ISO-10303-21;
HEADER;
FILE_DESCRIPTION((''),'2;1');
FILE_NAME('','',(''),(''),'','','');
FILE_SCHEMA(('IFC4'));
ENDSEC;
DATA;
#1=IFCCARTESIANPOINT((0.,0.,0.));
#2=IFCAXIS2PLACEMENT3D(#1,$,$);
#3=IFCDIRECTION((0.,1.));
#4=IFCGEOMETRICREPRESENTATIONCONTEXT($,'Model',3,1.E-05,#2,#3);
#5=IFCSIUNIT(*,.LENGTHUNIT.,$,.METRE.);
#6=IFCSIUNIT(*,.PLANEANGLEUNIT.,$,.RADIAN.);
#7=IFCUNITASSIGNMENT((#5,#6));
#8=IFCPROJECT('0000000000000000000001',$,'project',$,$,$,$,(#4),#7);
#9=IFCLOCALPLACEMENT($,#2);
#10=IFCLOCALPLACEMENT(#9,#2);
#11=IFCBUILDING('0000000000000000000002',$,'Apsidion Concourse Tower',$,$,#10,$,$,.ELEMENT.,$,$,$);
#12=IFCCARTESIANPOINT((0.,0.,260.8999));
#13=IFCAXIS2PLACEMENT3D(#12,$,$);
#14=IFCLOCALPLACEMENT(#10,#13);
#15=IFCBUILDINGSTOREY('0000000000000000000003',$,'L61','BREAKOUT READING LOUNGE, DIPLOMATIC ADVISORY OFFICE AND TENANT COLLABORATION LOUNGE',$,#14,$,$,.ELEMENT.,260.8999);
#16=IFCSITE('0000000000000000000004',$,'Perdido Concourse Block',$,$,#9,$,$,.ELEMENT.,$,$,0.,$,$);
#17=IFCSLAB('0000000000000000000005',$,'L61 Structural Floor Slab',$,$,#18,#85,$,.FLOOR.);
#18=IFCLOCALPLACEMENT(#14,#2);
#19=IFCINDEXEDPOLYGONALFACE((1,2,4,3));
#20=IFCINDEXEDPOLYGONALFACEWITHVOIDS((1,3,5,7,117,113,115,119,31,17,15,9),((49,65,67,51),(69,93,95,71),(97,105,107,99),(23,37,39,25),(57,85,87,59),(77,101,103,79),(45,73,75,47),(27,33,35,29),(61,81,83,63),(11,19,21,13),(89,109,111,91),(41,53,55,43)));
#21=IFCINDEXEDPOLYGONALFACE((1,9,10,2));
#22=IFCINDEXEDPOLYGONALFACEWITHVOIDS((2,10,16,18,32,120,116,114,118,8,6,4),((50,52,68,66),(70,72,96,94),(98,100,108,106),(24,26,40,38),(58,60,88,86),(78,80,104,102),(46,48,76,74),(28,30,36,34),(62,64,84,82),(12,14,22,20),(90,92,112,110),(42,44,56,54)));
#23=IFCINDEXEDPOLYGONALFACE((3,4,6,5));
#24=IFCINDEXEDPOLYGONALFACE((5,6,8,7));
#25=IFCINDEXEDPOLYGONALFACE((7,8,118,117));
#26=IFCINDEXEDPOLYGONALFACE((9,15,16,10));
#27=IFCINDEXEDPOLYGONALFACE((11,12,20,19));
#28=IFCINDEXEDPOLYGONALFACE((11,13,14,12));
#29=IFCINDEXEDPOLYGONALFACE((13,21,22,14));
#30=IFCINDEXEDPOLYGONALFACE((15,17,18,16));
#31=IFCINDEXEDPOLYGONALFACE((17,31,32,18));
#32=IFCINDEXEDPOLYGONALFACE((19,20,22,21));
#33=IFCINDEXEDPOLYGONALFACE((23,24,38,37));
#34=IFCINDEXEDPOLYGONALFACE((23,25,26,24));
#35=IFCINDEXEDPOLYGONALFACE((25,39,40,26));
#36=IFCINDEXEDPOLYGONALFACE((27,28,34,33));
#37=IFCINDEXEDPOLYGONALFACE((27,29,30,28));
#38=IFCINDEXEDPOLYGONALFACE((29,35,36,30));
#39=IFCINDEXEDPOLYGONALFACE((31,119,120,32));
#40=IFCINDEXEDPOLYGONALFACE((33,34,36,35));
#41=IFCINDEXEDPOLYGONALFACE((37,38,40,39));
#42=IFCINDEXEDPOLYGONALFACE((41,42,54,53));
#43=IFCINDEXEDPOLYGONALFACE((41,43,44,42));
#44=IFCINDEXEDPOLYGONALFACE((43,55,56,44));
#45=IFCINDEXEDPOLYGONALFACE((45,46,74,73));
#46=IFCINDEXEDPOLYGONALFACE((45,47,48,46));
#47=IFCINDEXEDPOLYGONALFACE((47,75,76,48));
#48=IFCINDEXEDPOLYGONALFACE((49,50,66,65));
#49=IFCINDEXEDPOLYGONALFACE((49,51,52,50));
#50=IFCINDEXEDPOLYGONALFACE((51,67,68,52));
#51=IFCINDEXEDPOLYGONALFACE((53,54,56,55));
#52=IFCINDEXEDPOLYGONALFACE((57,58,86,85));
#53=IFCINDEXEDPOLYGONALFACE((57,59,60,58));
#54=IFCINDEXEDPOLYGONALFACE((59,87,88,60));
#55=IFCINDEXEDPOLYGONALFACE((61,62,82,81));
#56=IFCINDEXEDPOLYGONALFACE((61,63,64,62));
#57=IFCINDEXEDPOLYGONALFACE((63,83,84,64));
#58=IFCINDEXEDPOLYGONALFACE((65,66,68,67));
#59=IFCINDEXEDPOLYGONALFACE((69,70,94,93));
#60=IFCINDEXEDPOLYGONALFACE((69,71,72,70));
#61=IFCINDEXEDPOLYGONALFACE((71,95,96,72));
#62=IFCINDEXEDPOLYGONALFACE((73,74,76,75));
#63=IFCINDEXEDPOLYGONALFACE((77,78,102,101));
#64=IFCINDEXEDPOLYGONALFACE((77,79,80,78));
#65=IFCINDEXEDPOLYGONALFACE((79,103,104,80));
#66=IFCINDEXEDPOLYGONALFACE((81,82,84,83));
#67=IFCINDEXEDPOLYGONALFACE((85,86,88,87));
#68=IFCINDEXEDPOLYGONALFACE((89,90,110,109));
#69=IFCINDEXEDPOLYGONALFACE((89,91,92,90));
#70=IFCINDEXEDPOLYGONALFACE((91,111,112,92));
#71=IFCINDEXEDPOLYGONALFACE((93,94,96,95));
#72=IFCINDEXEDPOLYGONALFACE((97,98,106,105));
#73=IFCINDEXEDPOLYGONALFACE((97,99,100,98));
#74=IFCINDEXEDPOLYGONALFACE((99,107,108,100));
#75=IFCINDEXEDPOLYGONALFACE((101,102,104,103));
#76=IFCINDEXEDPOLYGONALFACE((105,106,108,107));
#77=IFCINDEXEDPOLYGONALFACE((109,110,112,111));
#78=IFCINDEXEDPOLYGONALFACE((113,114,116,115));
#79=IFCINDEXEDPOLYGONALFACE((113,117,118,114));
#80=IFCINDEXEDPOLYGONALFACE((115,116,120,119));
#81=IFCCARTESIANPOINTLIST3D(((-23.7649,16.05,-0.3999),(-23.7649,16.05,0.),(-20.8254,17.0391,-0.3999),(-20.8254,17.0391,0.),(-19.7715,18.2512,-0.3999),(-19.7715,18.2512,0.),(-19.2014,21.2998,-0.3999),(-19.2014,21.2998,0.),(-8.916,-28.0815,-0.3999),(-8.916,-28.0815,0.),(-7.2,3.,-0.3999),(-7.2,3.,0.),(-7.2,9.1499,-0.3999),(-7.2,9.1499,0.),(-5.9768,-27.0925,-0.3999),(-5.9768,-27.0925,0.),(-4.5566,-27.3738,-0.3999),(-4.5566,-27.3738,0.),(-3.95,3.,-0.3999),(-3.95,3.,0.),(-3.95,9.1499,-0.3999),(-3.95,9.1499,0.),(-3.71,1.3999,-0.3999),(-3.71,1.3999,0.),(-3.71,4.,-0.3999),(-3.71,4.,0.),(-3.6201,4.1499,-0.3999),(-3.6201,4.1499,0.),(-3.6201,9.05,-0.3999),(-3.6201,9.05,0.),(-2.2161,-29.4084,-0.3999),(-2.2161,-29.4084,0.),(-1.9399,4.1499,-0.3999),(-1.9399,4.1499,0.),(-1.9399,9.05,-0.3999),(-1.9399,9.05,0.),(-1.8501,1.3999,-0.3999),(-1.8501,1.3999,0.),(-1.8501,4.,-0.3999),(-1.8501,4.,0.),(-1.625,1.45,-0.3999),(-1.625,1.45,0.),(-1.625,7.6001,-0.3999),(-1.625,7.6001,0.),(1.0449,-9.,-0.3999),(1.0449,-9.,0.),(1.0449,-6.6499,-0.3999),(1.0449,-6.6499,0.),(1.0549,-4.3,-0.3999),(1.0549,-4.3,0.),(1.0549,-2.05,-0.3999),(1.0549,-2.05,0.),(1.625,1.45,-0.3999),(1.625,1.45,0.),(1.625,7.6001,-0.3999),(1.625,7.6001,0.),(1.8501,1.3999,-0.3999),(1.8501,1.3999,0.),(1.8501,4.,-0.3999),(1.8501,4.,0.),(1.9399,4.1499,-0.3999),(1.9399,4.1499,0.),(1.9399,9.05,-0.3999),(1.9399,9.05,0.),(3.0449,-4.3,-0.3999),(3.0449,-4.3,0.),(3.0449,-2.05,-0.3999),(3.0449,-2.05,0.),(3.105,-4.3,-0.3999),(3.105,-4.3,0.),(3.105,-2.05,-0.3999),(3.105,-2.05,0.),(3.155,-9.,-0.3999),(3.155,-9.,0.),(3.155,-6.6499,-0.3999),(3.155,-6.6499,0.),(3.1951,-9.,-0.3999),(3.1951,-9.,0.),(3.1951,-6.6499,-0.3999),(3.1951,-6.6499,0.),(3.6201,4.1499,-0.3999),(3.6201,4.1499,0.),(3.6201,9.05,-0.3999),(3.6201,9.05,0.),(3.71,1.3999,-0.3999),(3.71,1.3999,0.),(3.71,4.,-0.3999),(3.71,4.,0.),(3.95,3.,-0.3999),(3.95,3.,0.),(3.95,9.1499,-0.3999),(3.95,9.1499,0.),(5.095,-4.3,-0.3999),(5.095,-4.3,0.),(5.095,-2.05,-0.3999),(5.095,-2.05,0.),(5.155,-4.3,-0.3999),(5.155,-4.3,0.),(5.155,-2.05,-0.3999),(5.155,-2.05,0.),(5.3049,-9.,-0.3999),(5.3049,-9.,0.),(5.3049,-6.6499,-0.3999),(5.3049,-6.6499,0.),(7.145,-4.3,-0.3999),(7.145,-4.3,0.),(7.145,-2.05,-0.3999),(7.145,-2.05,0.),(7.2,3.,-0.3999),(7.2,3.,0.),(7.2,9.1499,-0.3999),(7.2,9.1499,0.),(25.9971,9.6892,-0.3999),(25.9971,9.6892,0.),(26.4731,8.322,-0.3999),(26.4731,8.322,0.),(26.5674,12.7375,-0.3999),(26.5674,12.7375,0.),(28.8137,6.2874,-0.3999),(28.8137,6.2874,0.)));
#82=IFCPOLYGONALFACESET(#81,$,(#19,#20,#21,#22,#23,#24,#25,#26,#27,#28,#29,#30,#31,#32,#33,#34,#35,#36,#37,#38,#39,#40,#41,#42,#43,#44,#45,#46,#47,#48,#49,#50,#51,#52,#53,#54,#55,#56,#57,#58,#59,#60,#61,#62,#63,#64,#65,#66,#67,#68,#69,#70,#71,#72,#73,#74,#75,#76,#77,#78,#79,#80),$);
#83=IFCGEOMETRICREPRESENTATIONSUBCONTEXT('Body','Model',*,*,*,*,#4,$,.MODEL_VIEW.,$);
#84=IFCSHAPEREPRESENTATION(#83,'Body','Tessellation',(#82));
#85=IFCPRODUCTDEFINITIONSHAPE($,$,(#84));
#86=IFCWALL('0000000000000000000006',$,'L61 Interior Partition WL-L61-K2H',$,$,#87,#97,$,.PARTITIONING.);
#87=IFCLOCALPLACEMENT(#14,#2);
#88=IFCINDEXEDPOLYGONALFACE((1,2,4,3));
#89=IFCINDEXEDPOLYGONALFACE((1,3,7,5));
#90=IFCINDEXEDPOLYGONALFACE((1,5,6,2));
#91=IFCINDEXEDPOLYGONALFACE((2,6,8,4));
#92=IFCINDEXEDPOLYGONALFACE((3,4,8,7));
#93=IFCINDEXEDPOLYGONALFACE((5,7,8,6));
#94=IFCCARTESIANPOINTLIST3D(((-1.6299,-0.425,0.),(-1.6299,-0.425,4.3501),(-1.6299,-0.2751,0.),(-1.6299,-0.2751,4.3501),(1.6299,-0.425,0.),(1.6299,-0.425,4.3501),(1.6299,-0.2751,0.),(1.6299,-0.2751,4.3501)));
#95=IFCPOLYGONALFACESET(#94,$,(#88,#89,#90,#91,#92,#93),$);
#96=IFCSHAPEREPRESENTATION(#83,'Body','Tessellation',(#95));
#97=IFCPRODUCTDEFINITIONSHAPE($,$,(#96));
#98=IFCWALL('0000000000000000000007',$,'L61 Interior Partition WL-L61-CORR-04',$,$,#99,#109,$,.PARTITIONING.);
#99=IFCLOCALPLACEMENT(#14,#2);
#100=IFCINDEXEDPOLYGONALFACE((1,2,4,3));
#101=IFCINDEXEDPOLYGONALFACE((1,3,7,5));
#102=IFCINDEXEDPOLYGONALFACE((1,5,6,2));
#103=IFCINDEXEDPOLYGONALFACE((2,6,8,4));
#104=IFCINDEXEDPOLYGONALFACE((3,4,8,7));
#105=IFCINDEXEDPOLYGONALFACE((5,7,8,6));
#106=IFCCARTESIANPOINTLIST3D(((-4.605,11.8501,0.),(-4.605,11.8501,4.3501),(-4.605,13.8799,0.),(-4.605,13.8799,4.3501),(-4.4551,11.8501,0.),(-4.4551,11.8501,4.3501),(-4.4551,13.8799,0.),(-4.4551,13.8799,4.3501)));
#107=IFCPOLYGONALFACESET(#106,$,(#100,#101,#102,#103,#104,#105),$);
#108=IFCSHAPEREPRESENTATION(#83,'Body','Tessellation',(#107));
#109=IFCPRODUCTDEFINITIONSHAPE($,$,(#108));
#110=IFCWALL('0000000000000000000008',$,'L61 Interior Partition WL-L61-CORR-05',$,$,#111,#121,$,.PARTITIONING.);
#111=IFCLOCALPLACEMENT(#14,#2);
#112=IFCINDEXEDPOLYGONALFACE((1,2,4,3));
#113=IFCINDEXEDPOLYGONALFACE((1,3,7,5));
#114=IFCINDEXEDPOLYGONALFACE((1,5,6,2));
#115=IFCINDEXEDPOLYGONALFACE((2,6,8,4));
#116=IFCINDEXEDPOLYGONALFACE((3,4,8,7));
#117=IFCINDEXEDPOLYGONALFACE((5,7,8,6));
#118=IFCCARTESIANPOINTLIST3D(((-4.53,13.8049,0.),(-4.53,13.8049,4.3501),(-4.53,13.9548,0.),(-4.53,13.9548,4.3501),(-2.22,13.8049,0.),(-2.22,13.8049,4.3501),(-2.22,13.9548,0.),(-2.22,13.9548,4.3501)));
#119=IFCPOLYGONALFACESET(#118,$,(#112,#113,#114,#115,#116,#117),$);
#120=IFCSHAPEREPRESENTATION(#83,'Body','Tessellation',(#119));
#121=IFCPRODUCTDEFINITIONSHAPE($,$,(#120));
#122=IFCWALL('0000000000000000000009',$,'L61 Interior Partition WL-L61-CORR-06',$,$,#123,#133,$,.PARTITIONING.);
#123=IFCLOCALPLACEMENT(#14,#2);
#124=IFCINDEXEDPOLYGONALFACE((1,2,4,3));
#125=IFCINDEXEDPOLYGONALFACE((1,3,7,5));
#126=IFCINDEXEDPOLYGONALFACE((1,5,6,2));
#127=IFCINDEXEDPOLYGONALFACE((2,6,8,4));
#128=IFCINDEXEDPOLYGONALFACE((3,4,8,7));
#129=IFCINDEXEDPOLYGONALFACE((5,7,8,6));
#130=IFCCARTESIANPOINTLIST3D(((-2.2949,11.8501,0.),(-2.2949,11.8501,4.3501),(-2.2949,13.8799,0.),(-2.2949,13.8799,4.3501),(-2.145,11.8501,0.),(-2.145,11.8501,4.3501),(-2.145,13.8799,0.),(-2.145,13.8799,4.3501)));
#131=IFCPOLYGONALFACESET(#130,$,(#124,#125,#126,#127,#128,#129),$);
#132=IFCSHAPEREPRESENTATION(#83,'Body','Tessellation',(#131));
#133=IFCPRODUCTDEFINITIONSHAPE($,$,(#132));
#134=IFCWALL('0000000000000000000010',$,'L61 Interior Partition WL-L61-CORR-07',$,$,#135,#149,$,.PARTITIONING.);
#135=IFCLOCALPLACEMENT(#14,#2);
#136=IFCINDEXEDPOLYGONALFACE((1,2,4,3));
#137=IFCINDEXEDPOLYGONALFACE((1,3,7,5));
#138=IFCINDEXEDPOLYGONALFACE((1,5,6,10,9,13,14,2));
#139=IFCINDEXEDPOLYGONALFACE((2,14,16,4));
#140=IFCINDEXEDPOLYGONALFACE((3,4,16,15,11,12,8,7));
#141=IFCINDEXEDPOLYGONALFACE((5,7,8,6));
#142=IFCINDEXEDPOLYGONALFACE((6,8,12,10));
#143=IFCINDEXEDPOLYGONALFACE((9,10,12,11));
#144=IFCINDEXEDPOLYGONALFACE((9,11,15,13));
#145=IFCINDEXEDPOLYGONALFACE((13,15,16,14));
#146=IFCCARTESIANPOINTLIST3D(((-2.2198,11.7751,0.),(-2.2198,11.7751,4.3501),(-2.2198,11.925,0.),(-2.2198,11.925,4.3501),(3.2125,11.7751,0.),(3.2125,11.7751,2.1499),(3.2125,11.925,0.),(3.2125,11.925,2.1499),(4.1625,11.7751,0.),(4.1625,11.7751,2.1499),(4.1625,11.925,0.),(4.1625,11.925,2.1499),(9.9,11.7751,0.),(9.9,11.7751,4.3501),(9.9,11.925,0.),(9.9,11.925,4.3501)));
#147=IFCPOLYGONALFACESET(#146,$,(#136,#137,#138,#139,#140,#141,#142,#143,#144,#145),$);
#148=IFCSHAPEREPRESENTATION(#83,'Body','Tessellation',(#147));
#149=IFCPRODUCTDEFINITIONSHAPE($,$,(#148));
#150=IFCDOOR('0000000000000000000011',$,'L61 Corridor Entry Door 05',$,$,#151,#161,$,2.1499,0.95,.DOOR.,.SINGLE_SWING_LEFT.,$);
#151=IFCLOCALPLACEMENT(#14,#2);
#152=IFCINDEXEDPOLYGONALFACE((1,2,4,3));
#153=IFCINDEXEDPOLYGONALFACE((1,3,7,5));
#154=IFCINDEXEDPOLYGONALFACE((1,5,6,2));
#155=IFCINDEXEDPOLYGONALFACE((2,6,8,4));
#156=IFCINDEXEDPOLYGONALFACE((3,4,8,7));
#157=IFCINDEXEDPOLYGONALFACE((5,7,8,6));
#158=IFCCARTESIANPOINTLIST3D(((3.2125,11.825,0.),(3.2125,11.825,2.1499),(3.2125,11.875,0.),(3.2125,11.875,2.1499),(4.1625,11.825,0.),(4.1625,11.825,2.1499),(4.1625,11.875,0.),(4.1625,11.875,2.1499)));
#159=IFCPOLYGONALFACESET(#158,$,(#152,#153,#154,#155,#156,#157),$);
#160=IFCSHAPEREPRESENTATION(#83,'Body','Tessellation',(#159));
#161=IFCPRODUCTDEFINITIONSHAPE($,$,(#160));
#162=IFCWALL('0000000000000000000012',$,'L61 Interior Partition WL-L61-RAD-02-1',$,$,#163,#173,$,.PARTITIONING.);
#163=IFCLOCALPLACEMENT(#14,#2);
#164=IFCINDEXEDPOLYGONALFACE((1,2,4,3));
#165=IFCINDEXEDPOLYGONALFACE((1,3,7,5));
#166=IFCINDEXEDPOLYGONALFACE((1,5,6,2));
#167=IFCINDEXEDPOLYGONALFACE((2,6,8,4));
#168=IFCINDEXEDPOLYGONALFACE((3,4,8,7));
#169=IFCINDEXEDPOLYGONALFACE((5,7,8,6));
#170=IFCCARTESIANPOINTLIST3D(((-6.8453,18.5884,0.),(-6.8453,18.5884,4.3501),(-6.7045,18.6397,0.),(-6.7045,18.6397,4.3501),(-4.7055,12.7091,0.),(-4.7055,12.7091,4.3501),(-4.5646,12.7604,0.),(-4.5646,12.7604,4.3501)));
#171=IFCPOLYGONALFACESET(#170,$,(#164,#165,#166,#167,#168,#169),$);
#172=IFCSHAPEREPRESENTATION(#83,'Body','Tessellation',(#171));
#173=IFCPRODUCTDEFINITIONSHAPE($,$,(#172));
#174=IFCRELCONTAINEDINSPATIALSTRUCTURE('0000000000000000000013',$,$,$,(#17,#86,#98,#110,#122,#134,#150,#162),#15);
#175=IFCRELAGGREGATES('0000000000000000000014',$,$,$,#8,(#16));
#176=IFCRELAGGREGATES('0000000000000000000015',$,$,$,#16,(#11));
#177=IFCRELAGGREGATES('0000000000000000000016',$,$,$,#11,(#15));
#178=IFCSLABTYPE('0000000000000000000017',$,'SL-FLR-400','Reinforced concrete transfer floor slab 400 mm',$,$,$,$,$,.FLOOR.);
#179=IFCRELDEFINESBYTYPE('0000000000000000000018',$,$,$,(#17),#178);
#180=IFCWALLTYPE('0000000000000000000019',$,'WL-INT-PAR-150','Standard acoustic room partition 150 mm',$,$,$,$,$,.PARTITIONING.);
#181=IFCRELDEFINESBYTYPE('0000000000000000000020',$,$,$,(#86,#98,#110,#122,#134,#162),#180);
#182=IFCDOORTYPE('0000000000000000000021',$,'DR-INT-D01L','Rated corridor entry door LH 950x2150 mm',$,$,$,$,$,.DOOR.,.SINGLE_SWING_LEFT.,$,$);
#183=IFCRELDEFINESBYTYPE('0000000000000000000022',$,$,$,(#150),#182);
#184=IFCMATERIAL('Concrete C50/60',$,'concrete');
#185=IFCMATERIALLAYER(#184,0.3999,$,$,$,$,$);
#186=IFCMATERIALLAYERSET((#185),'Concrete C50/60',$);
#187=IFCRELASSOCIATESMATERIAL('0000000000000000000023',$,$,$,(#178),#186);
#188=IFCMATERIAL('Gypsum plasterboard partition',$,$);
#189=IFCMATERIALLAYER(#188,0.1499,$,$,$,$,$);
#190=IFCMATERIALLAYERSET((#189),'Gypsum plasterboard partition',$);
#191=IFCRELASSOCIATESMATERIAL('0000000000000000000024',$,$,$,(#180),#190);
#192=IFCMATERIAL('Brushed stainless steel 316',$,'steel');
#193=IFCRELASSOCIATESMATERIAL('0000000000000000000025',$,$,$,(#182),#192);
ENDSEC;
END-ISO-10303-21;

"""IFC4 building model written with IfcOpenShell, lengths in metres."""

from ifc_helpers import new_model, si_unit, direction, frame, frame_2d, origin, place, context, subcontext, project, spatial, polyline, rectangle, outline, extrude, material, layer, layer_set, type_object, element, fill, save


model = new_model("IFC4")

# Units and contexts
model_context = context("Model", 3, precision=1e-05, world=origin(), true_north=direction((0.0, 1.0)))
body_context = subcontext(model_context, "Body", "Model", "MODEL_VIEW")
ifc_project = project(units=[si_unit("LENGTHUNIT", "METRE"), si_unit("PLANEANGLEUNIT", "RADIAN")], contexts=[model_context])

# Site, building, storey
site_placement = place(None, origin())
site = spatial("IfcSite", under=ifc_project, at=site_placement, Name="Perdido Concourse Block", CompositionType="ELEMENT", RefElevation=0.0)
building_placement = place(site_placement, origin())
building = spatial("IfcBuilding", under=site, at=building_placement, Name="Apsidion Concourse Tower", CompositionType="ELEMENT")
storey_placement = place(building_placement, frame((0.0, 0.0, 260.8999)))
storey = spatial("IfcBuildingStorey", under=building, at=storey_placement, Name="L61", Description="BREAKOUT READING LOUNGE, DIPLOMATIC ADVISORY OFFICE AND TENANT COLLABORATION LOUNGE", CompositionType="ELEMENT", Elevation=260.8999)

# Shared definitions
ifc_material_1 = material(Name="Concrete C50/60", Category="concrete")

# Slab
ifc_layer_1 = layer(ifc_material_1, 0.3999)
ifc_layer_set_1 = layer_set([ifc_layer_1], Name="Concrete C50/60")
slab_type = type_object("IfcSlabType", Name="SL-FLR-400", Description="Reinforced concrete transfer floor slab 400 mm", PredefinedType="FLOOR", material=ifc_layer_set_1)
slab_placement = place(storey_placement, frame((0.0, 0.0, -0.3999)))
element("IfcSlab", 1, at=slab_placement, inside=storey, type_object=slab_type, Name="L61 Structural Floor Slab", PredefinedType="FLOOR", context=body_context, shape_type="SweptSolid", body=[
    extrude(outline(polyline([(-19.2014, 21.2998), (-19.7715, 18.2512), (-20.8254, 17.0391), (-23.7649, 16.05), (-8.916, -28.0815), (-5.9768, -27.0925), (-4.5566, -27.3738), (-2.2161, -29.4084), (28.8137, 6.2874), (26.4731, 8.322), (25.9971, 9.6892), (26.5674, 12.7375), (-19.2014, 21.2998)]), holes=[polyline([(-3.95, 3.0), (-3.95, 9.1499), (-7.2, 9.1499), (-7.2, 3.0), (-3.95, 3.0)]), polyline([(7.2, 3.0), (7.2, 9.1499), (3.95, 9.1499), (3.95, 3.0), (7.2, 3.0)]), polyline([(-1.625, 7.6001), (-1.625, 1.45), (1.625, 1.45), (1.625, 7.6001), (-1.625, 7.6001)]), polyline([(1.0549, -4.3), (3.0449, -4.3), (3.0449, -2.05), (1.0549, -2.05), (1.0549, -4.3)]), polyline([(3.105, -4.3), (5.095, -4.3), (5.095, -2.05), (3.105, -2.05), (3.105, -4.3)]), polyline([(5.155, -4.3), (7.145, -4.3), (7.145, -2.05), (5.155, -2.05), (5.155, -4.3)]), polyline([(1.0449, -9.0), (3.155, -9.0), (3.155, -6.6499), (1.0449, -6.6499), (1.0449, -9.0)]), polyline([(3.1951, -9.0), (5.3049, -9.0), (5.3049, -6.6499), (3.1951, -6.6499), (3.1951, -9.0)]), polyline([(-3.71, 1.3999), (-1.8501, 1.3999), (-1.8501, 4.0), (-3.71, 4.0), (-3.71, 1.3999)]), polyline([(1.8501, 1.3999), (3.71, 1.3999), (3.71, 4.0), (1.8501, 4.0), (1.8501, 1.3999)]), polyline([(-3.6201, 4.1499), (-1.9399, 4.1499), (-1.9399, 9.05), (-3.6201, 9.05), (-3.6201, 4.1499)]), polyline([(1.9399, 4.1499), (3.6201, 4.1499), (3.6201, 9.05), (1.9399, 9.05), (1.9399, 4.1499)])]), origin(), (0.0, 0.0, 1.0), 0.3999),
])

# Walls
ifc_material_2 = material(Name="Gypsum plasterboard partition")
ifc_layer_2 = layer(ifc_material_2, 0.1499)
ifc_layer_set_2 = layer_set([ifc_layer_2], Name="Gypsum plasterboard partition")
wall_type_1 = type_object("IfcWallType", Name="WL-INT-PAR-150", Description="Standard acoustic room partition 150 mm", PredefinedType="PARTITIONING", material=ifc_layer_set_2)
wall_1_placement = place(storey_placement, frame((-1.6299, -0.3501, 0.0), z_axis=(0.0, 0.0, 1.0), x_axis=(1.0, 0.0, 0.0)))
element("IfcWall", 2, at=wall_1_placement, inside=storey, type_object=wall_type_1, Name="L61 Interior Partition WL-L61-K2H", PredefinedType="PARTITIONING", context=body_context, shape_type="SweptSolid", body=[
    extrude(rectangle(XDim=3.2598, YDim=0.1499, at=frame_2d((1.6299, 0.0))), origin(), (0.0, 0.0, 1.0), 4.3501),
])
wall_2_placement = place(storey_placement, frame((-4.53, 11.8501, 0.0), z_axis=(0.0, 0.0, 1.0), x_axis=(0.0, 1.0, 0.0)))
element("IfcWall", 3, at=wall_2_placement, inside=storey, type_object=wall_type_1, Name="L61 Interior Partition WL-L61-CORR-04", PredefinedType="PARTITIONING", context=body_context, shape_type="SweptSolid", body=[
    extrude(rectangle(XDim=2.0298, YDim=0.1499, at=frame_2d((1.0149, 0.0))), origin(), (0.0, 0.0, 1.0), 4.3501),
])
wall_3_placement = place(storey_placement, frame((-4.53, 13.8799, 0.0), z_axis=(0.0, 0.0, 1.0), x_axis=(1.0, 0.0, 0.0)))
element("IfcWall", 4, at=wall_3_placement, inside=storey, type_object=wall_type_1, Name="L61 Interior Partition WL-L61-CORR-05", PredefinedType="PARTITIONING", context=body_context, shape_type="SweptSolid", body=[
    extrude(rectangle(XDim=2.3101, YDim=0.1499, at=frame_2d((1.155, 0.0))), origin(), (0.0, 0.0, 1.0), 4.3501),
])
wall_4_placement = place(storey_placement, frame((-2.22, 13.8799, 0.0), z_axis=(0.0, 0.0, 1.0), x_axis=(0.0, -1.0, 0.0)))
element("IfcWall", 5, at=wall_4_placement, inside=storey, type_object=wall_type_1, Name="L61 Interior Partition WL-L61-CORR-06", PredefinedType="PARTITIONING", context=body_context, shape_type="SweptSolid", body=[
    extrude(rectangle(XDim=2.0298, YDim=0.1499, at=frame_2d((1.0149, 0.0))), origin(), (0.0, 0.0, 1.0), 4.3501),
])

# Wall, opening, door
wall_5_placement = place(storey_placement, frame((-2.22, 11.8501, 0.0), z_axis=(0.0, 0.0, 1.0), x_axis=(1.0, 0.0, 0.0)))
wall_5 = element("IfcWall", 6, at=wall_5_placement, inside=storey, type_object=wall_type_1, Name="L61 Interior Partition WL-L61-CORR-07", PredefinedType="PARTITIONING", context=body_context, shape_type="SweptSolid", body=[
    extrude(rectangle(XDim=12.1199, YDim=0.1499, at=frame_2d((6.0601, 0.0))), origin(), (0.0, 0.0, 1.0), 4.3501),
])
opening_placement = place(wall_5_placement, frame((5.4324, 0.0, 0.0)))
opening = element("IfcOpeningElement", 7, at=opening_placement, cuts=wall_5, PredefinedType="OPENING", context=body_context, shape_type="SweptSolid", body=[
    extrude(rectangle(XDim=0.95, YDim=2.1499, at=frame_2d((0.4751, 1.075))), frame((0.0, 0.085, 0.0), z_axis=(0.0, -1.0, 0.0), x_axis=(1.0, 0.0, 0.0)), (0.0, 0.0, 1.0), 0.1699),
])
ifc_material_3 = material(Name="Brushed stainless steel 316", Category="steel")
door_type = type_object("IfcDoorType", Name="DR-INT-D01L", Description="Rated corridor entry door LH 950x2150 mm", OperationType="SINGLE_SWING_LEFT", PredefinedType="DOOR", material=ifc_material_3)
door_placement = place(opening_placement, origin())
door = element("IfcDoor", 8, at=door_placement, inside=storey, type_object=door_type, Name="L61 Corridor Entry Door 05", OperationType="SINGLE_SWING_LEFT", OverallHeight=2.1499, OverallWidth=0.95, PredefinedType="DOOR", context=body_context, shape_type="SweptSolid", body=[
    extrude(rectangle(XDim=0.95, YDim=2.1499, at=frame_2d((0.4751, 1.075))), frame((0.0, 0.0249, 0.0), z_axis=(0.0, -1.0, 0.0), x_axis=(1.0, 0.0, 0.0)), (0.0, 0.0, 1.0), 0.05),
])
fill(opening, door)

# Wall
wall_6_placement = place(storey_placement, frame((-4.635, 12.7346, 0.0), z_axis=(0.0, 0.0, 1.0), x_axis=(-0.342016, 0.939694, 0.0)))
element("IfcWall", 9, at=wall_6_placement, inside=storey, type_object=wall_type_1, Name="L61 Interior Partition WL-L61-RAD-02-1", PredefinedType="PARTITIONING", context=body_context, shape_type="SweptSolid", body=[
    extrude(rectangle(XDim=6.2566, YDim=0.1499, at=frame_2d((3.1284, 0.0))), origin(), (0.0, 0.0, 1.0), 4.3501),
])

save(model, "model.ifc")
